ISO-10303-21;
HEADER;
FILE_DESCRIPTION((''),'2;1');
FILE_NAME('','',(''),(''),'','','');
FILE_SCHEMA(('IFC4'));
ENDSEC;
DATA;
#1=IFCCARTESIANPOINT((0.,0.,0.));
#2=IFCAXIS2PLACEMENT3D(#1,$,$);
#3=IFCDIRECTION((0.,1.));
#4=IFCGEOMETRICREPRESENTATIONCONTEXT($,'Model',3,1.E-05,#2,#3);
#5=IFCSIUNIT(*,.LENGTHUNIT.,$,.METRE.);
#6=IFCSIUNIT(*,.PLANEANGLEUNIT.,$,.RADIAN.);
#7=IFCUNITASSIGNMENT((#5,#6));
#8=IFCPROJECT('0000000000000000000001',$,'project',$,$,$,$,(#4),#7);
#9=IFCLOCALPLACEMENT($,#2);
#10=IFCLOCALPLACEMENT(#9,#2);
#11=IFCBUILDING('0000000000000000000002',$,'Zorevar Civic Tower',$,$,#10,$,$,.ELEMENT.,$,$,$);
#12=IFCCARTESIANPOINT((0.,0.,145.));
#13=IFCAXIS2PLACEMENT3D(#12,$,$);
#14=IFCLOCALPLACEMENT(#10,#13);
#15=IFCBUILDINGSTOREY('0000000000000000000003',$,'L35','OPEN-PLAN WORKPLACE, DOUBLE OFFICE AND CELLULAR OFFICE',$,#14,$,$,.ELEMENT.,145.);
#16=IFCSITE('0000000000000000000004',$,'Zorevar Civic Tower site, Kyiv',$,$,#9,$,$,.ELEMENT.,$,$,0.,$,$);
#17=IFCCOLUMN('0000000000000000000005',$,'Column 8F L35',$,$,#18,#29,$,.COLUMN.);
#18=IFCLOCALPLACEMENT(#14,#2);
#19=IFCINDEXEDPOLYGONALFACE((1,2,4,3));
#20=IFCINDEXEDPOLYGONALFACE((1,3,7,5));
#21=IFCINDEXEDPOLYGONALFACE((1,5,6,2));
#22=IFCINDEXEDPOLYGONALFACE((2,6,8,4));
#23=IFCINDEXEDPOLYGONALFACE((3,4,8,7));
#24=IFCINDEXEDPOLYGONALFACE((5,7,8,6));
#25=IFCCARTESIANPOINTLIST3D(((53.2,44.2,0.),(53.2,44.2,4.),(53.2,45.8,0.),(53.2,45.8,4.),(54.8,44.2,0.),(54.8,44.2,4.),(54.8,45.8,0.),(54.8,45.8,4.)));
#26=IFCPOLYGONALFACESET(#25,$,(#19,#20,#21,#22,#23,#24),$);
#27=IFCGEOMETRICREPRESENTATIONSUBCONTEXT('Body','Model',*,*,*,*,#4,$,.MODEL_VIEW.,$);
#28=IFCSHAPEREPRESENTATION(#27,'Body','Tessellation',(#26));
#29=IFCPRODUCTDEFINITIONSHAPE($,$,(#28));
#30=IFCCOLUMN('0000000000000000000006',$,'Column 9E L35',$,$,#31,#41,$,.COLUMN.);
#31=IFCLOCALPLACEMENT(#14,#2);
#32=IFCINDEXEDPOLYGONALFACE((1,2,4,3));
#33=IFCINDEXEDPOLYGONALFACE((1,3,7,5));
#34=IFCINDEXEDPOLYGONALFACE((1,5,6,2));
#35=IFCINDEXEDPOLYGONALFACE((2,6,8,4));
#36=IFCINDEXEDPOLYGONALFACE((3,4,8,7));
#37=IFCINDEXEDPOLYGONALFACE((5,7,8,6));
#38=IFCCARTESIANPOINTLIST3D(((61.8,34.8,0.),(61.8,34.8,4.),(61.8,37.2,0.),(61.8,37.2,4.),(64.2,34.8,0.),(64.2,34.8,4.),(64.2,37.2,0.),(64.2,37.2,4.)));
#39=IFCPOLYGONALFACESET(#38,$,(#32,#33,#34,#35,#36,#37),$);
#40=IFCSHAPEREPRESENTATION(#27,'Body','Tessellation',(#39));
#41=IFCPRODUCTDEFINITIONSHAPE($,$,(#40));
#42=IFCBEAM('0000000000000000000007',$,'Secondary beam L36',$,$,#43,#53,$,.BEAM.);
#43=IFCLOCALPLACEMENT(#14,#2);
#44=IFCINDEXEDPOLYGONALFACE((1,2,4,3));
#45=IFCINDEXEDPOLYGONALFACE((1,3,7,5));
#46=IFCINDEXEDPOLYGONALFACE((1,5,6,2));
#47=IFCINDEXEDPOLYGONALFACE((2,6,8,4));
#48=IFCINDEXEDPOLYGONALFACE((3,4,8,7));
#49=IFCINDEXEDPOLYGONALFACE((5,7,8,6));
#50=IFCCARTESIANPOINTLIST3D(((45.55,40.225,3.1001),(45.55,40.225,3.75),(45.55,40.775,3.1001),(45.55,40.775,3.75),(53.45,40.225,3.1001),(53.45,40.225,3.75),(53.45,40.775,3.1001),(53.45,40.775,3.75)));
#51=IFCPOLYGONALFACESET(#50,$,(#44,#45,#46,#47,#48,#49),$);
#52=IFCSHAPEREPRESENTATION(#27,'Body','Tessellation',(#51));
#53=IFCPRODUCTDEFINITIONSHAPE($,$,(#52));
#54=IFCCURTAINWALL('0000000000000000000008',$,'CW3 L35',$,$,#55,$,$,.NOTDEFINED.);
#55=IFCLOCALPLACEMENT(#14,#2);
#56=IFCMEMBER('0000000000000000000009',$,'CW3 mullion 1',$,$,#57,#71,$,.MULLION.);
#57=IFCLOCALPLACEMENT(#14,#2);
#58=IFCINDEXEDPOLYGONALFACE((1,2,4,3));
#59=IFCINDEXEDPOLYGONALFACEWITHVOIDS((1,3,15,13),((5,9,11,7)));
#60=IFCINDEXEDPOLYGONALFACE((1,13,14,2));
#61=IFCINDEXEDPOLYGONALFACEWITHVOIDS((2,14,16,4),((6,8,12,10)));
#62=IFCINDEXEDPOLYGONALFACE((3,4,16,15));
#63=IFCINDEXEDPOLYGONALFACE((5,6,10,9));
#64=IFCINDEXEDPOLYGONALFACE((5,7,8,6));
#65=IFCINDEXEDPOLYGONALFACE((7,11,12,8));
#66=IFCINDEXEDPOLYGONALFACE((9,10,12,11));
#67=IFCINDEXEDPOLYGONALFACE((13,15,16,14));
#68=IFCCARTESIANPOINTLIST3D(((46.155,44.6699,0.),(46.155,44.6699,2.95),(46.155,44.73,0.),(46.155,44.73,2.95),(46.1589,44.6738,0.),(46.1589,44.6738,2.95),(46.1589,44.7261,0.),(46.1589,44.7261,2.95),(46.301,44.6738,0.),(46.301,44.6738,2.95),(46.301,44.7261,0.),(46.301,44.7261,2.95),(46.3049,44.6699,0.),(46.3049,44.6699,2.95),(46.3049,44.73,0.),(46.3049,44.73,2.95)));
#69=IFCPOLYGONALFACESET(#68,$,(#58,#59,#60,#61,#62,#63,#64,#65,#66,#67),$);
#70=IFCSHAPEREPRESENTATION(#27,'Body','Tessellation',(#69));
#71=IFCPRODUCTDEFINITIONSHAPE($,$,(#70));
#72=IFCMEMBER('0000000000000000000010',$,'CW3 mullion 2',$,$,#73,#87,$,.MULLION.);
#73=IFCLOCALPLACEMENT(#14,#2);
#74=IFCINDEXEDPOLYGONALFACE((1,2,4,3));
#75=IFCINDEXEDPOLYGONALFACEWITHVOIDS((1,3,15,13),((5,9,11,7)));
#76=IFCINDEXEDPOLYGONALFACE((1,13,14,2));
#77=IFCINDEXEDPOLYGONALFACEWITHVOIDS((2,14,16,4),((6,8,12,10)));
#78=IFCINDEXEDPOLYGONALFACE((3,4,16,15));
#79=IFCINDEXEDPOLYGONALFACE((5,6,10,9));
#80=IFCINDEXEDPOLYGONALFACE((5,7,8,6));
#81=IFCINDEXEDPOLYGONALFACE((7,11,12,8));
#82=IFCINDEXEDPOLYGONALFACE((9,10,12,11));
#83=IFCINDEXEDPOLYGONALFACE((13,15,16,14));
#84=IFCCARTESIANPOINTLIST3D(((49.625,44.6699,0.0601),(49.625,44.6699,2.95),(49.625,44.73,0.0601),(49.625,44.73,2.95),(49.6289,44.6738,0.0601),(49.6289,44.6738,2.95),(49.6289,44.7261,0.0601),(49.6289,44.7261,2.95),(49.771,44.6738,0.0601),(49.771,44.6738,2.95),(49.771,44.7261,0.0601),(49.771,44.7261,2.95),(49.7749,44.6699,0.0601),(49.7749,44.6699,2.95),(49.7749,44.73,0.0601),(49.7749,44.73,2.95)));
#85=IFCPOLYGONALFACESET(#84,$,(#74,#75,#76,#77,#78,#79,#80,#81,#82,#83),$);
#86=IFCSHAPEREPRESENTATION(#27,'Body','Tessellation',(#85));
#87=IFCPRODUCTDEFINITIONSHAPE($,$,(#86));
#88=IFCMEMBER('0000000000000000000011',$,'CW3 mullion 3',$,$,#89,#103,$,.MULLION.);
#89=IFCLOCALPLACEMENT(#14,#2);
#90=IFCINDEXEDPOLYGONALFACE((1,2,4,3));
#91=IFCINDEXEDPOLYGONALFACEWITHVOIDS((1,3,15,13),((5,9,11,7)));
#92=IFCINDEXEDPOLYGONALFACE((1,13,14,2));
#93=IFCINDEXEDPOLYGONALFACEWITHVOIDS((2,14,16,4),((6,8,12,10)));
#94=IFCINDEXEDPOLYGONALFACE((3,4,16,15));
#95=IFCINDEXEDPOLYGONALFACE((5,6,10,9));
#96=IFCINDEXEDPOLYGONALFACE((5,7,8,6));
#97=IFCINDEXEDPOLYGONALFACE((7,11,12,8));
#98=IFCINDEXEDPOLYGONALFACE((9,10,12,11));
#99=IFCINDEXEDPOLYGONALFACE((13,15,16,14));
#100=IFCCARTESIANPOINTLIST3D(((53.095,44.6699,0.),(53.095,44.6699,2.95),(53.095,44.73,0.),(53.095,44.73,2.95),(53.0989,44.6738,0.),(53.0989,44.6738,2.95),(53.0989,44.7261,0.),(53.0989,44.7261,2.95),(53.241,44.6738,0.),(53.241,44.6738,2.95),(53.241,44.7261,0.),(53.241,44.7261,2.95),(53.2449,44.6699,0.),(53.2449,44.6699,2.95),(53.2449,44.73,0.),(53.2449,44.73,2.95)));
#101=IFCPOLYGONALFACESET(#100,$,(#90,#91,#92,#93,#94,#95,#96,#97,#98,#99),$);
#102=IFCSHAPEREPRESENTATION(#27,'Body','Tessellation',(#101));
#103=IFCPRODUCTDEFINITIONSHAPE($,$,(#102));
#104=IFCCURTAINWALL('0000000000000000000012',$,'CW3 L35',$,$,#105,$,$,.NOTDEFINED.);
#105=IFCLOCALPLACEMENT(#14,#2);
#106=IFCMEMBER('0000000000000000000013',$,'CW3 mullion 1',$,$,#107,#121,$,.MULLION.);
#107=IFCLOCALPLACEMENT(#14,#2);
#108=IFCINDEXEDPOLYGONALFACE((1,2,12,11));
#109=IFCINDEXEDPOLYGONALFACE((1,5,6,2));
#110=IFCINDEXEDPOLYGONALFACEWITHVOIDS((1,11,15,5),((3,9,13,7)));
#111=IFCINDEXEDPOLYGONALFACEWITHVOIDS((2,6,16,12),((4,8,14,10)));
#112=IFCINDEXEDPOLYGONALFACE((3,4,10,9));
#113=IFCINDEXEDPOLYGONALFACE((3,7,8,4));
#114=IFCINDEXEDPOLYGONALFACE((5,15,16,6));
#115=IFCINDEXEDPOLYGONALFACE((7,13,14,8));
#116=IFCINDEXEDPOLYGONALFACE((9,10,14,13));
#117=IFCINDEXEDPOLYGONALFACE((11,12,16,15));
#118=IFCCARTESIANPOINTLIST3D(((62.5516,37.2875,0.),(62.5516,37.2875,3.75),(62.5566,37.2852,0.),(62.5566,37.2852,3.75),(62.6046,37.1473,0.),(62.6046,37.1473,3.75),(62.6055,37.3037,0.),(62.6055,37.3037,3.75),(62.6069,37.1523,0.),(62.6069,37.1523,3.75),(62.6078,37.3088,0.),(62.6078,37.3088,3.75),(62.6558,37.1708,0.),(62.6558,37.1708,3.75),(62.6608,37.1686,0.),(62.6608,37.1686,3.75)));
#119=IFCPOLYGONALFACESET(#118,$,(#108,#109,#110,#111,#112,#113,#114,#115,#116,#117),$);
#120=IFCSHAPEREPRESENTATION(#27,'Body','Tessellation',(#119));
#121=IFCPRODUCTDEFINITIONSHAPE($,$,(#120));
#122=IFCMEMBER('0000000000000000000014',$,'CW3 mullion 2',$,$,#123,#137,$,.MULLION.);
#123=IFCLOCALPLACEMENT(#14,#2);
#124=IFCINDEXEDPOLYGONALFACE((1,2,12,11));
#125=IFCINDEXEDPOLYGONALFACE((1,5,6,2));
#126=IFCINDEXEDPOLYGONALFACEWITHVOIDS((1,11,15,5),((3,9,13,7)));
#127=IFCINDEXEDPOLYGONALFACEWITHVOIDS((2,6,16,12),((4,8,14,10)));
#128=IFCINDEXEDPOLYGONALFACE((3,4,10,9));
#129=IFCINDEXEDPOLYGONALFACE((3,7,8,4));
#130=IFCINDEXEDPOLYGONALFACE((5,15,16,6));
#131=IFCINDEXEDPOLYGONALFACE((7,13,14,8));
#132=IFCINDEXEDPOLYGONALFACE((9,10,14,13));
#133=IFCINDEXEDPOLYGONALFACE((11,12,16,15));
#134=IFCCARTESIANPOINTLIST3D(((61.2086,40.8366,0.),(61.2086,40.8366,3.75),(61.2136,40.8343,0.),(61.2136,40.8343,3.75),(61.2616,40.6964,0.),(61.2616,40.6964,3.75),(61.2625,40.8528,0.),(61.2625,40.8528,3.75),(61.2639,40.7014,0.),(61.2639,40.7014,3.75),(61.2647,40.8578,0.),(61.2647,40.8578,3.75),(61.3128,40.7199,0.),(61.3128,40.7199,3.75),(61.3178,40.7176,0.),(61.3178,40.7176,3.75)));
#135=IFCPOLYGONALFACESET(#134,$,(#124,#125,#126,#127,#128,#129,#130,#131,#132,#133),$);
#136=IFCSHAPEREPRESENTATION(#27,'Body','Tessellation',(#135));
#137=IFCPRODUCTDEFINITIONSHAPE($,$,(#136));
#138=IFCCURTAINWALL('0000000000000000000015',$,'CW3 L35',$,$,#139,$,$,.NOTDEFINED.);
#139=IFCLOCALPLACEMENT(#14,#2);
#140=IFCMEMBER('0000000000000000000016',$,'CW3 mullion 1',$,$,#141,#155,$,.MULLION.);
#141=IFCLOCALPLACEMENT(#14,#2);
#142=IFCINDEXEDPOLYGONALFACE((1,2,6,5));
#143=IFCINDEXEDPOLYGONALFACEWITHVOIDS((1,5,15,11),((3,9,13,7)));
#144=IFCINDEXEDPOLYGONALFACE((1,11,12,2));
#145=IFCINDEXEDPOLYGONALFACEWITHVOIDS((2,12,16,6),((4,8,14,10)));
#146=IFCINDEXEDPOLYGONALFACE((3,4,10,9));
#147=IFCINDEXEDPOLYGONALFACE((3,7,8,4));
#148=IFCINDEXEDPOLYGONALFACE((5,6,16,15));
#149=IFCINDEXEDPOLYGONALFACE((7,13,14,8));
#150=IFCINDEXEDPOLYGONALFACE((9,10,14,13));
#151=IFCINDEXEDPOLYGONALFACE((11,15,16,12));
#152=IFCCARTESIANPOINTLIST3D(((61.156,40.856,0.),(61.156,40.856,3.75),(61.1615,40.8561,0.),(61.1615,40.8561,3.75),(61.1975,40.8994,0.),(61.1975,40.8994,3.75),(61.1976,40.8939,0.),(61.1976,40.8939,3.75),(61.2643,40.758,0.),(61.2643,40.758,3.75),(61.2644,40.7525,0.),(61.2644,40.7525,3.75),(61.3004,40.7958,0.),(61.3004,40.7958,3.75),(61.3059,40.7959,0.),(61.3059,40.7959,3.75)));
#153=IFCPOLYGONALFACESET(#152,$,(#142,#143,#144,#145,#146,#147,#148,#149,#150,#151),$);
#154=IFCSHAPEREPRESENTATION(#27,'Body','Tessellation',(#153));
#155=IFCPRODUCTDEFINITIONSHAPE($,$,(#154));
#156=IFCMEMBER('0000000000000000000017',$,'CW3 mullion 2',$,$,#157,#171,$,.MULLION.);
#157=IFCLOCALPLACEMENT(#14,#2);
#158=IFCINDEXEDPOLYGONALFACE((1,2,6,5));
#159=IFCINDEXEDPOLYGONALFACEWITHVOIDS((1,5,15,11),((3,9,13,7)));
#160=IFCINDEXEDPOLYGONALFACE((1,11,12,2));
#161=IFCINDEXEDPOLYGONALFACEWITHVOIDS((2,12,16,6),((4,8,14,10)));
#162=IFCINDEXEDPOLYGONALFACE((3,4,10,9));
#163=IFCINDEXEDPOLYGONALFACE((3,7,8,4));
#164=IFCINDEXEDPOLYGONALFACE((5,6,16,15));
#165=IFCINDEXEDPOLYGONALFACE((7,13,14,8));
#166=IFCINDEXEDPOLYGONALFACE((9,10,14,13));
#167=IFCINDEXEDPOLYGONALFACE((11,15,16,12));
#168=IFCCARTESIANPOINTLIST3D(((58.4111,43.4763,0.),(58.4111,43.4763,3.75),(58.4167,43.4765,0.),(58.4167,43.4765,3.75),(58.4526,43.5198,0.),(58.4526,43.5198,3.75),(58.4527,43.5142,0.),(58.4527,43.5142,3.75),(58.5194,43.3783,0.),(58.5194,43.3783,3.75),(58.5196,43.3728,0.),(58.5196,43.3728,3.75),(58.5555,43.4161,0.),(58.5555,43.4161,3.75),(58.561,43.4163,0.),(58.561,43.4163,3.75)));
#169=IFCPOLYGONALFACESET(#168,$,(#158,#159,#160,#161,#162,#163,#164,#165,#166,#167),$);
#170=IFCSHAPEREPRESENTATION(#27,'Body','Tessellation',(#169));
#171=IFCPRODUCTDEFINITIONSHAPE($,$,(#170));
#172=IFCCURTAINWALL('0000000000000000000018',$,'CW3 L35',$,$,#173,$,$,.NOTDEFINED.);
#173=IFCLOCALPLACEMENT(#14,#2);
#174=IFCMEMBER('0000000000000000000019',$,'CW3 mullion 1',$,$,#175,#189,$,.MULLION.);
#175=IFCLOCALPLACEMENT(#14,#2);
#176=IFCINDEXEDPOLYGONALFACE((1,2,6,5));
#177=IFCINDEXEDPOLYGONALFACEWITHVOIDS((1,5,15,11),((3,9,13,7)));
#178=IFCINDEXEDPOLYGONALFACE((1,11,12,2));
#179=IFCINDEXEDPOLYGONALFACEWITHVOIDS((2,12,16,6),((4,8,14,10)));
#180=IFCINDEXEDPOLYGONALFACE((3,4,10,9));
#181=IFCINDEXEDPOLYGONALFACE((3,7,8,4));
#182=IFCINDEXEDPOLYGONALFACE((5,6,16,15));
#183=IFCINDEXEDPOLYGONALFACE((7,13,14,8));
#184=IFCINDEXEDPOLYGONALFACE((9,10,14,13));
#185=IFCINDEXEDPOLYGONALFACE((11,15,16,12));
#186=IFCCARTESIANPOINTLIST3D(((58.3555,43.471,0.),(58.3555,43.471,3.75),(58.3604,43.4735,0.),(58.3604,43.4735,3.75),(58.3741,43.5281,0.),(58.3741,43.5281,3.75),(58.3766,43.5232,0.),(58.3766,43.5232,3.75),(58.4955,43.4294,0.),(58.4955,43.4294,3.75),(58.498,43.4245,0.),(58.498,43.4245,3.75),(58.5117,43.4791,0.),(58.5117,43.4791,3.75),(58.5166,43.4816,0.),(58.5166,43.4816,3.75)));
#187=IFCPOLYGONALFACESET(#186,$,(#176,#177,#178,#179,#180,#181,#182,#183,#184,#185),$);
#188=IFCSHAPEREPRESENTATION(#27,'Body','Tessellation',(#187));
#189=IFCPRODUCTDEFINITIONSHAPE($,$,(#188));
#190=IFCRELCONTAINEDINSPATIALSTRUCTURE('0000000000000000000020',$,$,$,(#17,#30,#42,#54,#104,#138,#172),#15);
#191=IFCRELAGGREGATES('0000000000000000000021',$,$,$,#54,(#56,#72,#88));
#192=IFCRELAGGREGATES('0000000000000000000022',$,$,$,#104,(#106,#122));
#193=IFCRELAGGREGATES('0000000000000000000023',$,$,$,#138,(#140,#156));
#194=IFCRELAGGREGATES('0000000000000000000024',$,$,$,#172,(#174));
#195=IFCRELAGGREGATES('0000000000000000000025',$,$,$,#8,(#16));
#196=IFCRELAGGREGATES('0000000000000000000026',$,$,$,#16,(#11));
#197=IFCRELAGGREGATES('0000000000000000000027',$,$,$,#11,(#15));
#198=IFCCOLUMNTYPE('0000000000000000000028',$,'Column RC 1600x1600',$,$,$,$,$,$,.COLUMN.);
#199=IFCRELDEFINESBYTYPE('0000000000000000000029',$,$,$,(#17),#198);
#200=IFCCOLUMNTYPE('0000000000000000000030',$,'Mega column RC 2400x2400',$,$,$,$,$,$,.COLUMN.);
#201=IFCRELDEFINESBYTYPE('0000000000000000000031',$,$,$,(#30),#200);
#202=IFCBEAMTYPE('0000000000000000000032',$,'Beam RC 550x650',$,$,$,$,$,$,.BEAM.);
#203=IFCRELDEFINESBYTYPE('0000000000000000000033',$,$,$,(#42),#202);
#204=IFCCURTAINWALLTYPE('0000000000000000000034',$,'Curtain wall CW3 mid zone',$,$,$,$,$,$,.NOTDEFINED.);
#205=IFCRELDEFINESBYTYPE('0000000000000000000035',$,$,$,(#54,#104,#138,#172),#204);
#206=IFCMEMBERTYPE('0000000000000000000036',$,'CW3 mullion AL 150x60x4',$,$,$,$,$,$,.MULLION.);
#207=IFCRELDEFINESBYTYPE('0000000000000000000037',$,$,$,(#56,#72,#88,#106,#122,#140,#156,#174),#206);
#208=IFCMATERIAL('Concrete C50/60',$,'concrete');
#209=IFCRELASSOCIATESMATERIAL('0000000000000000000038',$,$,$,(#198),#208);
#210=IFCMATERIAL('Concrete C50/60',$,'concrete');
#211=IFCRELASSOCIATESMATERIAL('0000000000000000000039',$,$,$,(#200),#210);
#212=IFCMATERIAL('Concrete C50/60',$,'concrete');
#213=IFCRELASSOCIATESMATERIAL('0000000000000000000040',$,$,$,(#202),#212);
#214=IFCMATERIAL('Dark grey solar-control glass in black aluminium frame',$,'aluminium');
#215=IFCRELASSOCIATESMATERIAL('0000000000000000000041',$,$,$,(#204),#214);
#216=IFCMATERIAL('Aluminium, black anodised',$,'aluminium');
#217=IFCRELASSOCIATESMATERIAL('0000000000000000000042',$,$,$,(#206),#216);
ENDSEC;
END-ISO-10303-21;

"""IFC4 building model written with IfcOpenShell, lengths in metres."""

from ifc_helpers import new_model, si_unit, direction, frame, origin, origin_2d, place, context, subcontext, project, spatial, rectangle, hollow_rectangle, extrude, material, material_profile, profile_set, type_object, element, aggregate, save


model = new_model("IFC4")

# Units and contexts
model_context = context("Model", 3, precision=1e-05, world=origin(), true_north=direction((0.0, 1.0)))
body_context = subcontext(model_context, "Body", "Model", "MODEL_VIEW")
ifc_project = project(units=[si_unit("LENGTHUNIT", "METRE"), si_unit("PLANEANGLEUNIT", "RADIAN")], contexts=[model_context])

# Site, building, storey
site_placement = place(None, origin())
site = spatial("IfcSite", under=ifc_project, at=site_placement, Name="Zorevar Civic Tower site, Kyiv", CompositionType="ELEMENT", RefElevation=0.0)
building_placement = place(site_placement, origin())
building = spatial("IfcBuilding", under=site, at=building_placement, Name="Zorevar Civic Tower", CompositionType="ELEMENT")
storey_placement = place(building_placement, frame((0.0, 0.0, 145.0)))
storey = spatial("IfcBuildingStorey", under=building, at=storey_placement, Name="L35", Description="OPEN-PLAN WORKPLACE, DOUBLE OFFICE AND CELLULAR OFFICE", CompositionType="ELEMENT", Elevation=145.0)

# Columns
ifc_material_1 = material(Name="Concrete C50/60", Category="concrete")
ifc_material_profile_1 = material_profile(ifc_material_1, rectangle(XDim=1.6001, YDim=1.6001, at=origin_2d()), Name="RC 1600x1600")
ifc_profile_set_1 = profile_set([ifc_material_profile_1], Name="Concrete C50/60")
column_type_1 = type_object("IfcColumnType", Name="Column RC 1600x1600", PredefinedType="COLUMN", material=ifc_profile_set_1)
column_1_placement = place(storey_placement, frame((54.0, 45.0, 0.0), z_axis=(0.0, 0.0, 1.0), x_axis=(1.0, 0.0, 0.0)))
element("IfcColumn", 1, at=column_1_placement, inside=storey, type_object=column_type_1, Name="Column 8F L35", PredefinedType="COLUMN", context=body_context, shape_type="SweptSolid", body=[
    extrude(rectangle(XDim=1.6001, YDim=1.6001, at=origin_2d()), origin(), (0.0, 0.0, 1.0), 4.0),
])
ifc_material_2 = material(Name="Concrete C50/60", Category="concrete")
ifc_material_profile_2 = material_profile(ifc_material_2, rectangle(XDim=2.3999, YDim=2.3999, at=origin_2d()), Name="RC 2400x2400")
ifc_profile_set_2 = profile_set([ifc_material_profile_2], Name="Concrete C50/60")
column_type_2 = type_object("IfcColumnType", Name="Mega column RC 2400x2400", PredefinedType="COLUMN", material=ifc_profile_set_2)
column_2_placement = place(storey_placement, frame((63.0, 36.0, 0.0), z_axis=(0.0, 0.0, 1.0), x_axis=(1.0, 0.0, 0.0)))
element("IfcColumn", 2, at=column_2_placement, inside=storey, type_object=column_type_2, Name="Column 9E L35", PredefinedType="COLUMN", context=body_context, shape_type="SweptSolid", body=[
    extrude(rectangle(XDim=2.3999, YDim=2.3999, at=origin_2d()), origin(), (0.0, 0.0, 1.0), 4.0),
])

# Beam
ifc_material_3 = material(Name="Concrete C50/60", Category="concrete")
ifc_material_profile_3 = material_profile(ifc_material_3, rectangle(XDim=0.55, YDim=0.6499, at=origin_2d()), Name="RC 550x650")
ifc_profile_set_3 = profile_set([ifc_material_profile_3], Name="Concrete C50/60")
beam_type_1 = type_object("IfcBeamType", Name="Beam RC 550x650", PredefinedType="BEAM", material=ifc_profile_set_3)
beam_1_placement = place(storey_placement, frame((45.55, 40.5, 3.425), z_axis=(1.0, 0.0, 0.0), x_axis=(0.0, 1.0, 0.0)))
element("IfcBeam", 3, at=beam_1_placement, inside=storey, type_object=beam_type_1, Name="Secondary beam L36", PredefinedType="BEAM", context=body_context, shape_type="SweptSolid", body=[
    extrude(rectangle(XDim=0.55, YDim=0.6499, at=origin_2d()), origin(), (0.0, 0.0, 1.0), 7.8999),
])

# Curtain walls, members
ifc_material_4 = material(Name="Dark grey solar-control glass in black aluminium frame", Category="aluminium")
curtain_wall_type = type_object("IfcCurtainWallType", Name="Curtain wall CW3 mid zone", PredefinedType="NOTDEFINED", material=ifc_material_4)
curtain_wall_1_placement = place(storey_placement, origin())
curtain_wall_1 = element("IfcCurtainWall", 4, at=curtain_wall_1_placement, inside=storey, type_object=curtain_wall_type, Name="CW3 L35", PredefinedType="NOTDEFINED")
ifc_material_5 = material(Name="Aluminium, black anodised", Category="aluminium")
ifc_material_profile_4 = material_profile(ifc_material_5, hollow_rectangle(XDim=0.0601, YDim=0.1499, WallThickness=0.0039, at=origin_2d()), Name="AL 150x60x4")
ifc_profile_set_4 = profile_set([ifc_material_profile_4], Name="Aluminium, black anodised")
member_type_1 = type_object("IfcMemberType", Name="CW3 mullion AL 150x60x4", PredefinedType="MULLION", material=ifc_profile_set_4)
member_1_placement = place(storey_placement, frame((46.23, 44.7, 0.0), z_axis=(0.0, 0.0, 1.0), x_axis=(0.0, 1.0, 0.0)))
member_1 = element("IfcMember", 5, at=member_1_placement, type_object=member_type_1, Name="CW3 mullion 1", PredefinedType="MULLION", context=body_context, shape_type="SweptSolid", body=[
    extrude(hollow_rectangle(XDim=0.0601, YDim=0.1499, WallThickness=0.0039, at=origin_2d()), origin(), (0.0, 0.0, 1.0), 2.95),
])
member_2_placement = place(storey_placement, frame((49.7, 44.7, 0.0601), z_axis=(0.0, 0.0, 1.0), x_axis=(0.0, 1.0, 0.0)))
member_2 = element("IfcMember", 6, at=member_2_placement, type_object=member_type_1, Name="CW3 mullion 2", PredefinedType="MULLION", context=body_context, shape_type="SweptSolid", body=[
    extrude(hollow_rectangle(XDim=0.0601, YDim=0.1499, WallThickness=0.0039, at=origin_2d()), origin(), (0.0, 0.0, 1.0), 2.8899),
])
member_3_placement = place(storey_placement, frame((53.1699, 44.7, 0.0), z_axis=(0.0, 0.0, 1.0), x_axis=(0.0, 1.0, 0.0)))
member_3 = element("IfcMember", 7, at=member_3_placement, type_object=member_type_1, Name="CW3 mullion 3", PredefinedType="MULLION", context=body_context, shape_type="SweptSolid", body=[
    extrude(hollow_rectangle(XDim=0.0601, YDim=0.1499, WallThickness=0.0039, at=origin_2d()), origin(), (0.0, 0.0, 1.0), 2.95),
])
curtain_wall_2_placement = place(storey_placement, origin())
curtain_wall_2 = element("IfcCurtainWall", 8, at=curtain_wall_2_placement, inside=storey, type_object=curtain_wall_type, Name="CW3 L35", PredefinedType="NOTDEFINED")
member_4_placement = place(storey_placement, frame((62.6062, 37.228, 0.0), z_axis=(0.0, 0.0, 1.0), x_axis=(-0.935277, -0.353918, 0.0)))
member_4 = element("IfcMember", 9, at=member_4_placement, type_object=member_type_1, Name="CW3 mullion 1", PredefinedType="MULLION", context=body_context, shape_type="SweptSolid", body=[
    extrude(hollow_rectangle(XDim=0.0601, YDim=0.1499, WallThickness=0.0039, at=origin_2d()), origin(), (0.0, 0.0, 1.0), 3.75),
])
member_5_placement = place(storey_placement, frame((61.2632, 40.7771, 0.0), z_axis=(0.0, 0.0, 1.0), x_axis=(-0.935277, -0.353918, 0.0)))
member_5 = element("IfcMember", 10, at=member_5_placement, type_object=member_type_1, Name="CW3 mullion 2", PredefinedType="MULLION", context=body_context, shape_type="SweptSolid", body=[
    extrude(hollow_rectangle(XDim=0.0601, YDim=0.1499, WallThickness=0.0039, at=origin_2d()), origin(), (0.0, 0.0, 1.0), 3.75),
])
curtain_wall_3_placement = place(storey_placement, origin())
curtain_wall_3 = element("IfcCurtainWall", 11, at=curtain_wall_3_placement, inside=storey, type_object=curtain_wall_type, Name="CW3 L35", PredefinedType="NOTDEFINED")
member_6_placement = place(storey_placement, frame((61.231, 40.8259, 0.0), z_axis=(0.0, 0.0, 1.0), x_axis=(-0.690545, -0.723289, 0.0)))
member_6 = element("IfcMember", 12, at=member_6_placement, type_object=member_type_1, Name="CW3 mullion 1", PredefinedType="MULLION", context=body_context, shape_type="SweptSolid", body=[
    extrude(hollow_rectangle(XDim=0.0601, YDim=0.1499, WallThickness=0.0039, at=origin_2d()), origin(), (0.0, 0.0, 1.0), 3.75),
])
member_7_placement = place(storey_placement, frame((58.4861, 43.4463, 0.0), z_axis=(0.0, 0.0, 1.0), x_axis=(-0.690545, -0.723289, 0.0)))
member_7 = element("IfcMember", 13, at=member_7_placement, type_object=member_type_1, Name="CW3 mullion 2", PredefinedType="MULLION", context=body_context, shape_type="SweptSolid", body=[
    extrude(hollow_rectangle(XDim=0.0601, YDim=0.1499, WallThickness=0.0039, at=origin_2d()), origin(), (0.0, 0.0, 1.0), 3.75),
])
curtain_wall_4_placement = place(storey_placement, origin())
curtain_wall_4 = element("IfcCurtainWall", 14, at=curtain_wall_4_placement, inside=storey, type_object=curtain_wall_type, Name="CW3 L35", PredefinedType="NOTDEFINED")
member_8_placement = place(storey_placement, frame((58.436, 43.4763, 0.0), z_axis=(0.0, 0.0, 1.0), x_axis=(-0.310263, -0.950651, 0.0)))
member_8 = element("IfcMember", 15, at=member_8_placement, type_object=member_type_1, Name="CW3 mullion 1", PredefinedType="MULLION", context=body_context, shape_type="SweptSolid", body=[
    extrude(hollow_rectangle(XDim=0.0601, YDim=0.1499, WallThickness=0.0039, at=origin_2d()), origin(), (0.0, 0.0, 1.0), 3.75),
])

aggregate(curtain_wall_1, [member_1, member_2, member_3])
aggregate(curtain_wall_2, [member_4, member_5])
aggregate(curtain_wall_3, [member_6, member_7])
aggregate(curtain_wall_4, [member_8])

save(model, "model.ifc")
